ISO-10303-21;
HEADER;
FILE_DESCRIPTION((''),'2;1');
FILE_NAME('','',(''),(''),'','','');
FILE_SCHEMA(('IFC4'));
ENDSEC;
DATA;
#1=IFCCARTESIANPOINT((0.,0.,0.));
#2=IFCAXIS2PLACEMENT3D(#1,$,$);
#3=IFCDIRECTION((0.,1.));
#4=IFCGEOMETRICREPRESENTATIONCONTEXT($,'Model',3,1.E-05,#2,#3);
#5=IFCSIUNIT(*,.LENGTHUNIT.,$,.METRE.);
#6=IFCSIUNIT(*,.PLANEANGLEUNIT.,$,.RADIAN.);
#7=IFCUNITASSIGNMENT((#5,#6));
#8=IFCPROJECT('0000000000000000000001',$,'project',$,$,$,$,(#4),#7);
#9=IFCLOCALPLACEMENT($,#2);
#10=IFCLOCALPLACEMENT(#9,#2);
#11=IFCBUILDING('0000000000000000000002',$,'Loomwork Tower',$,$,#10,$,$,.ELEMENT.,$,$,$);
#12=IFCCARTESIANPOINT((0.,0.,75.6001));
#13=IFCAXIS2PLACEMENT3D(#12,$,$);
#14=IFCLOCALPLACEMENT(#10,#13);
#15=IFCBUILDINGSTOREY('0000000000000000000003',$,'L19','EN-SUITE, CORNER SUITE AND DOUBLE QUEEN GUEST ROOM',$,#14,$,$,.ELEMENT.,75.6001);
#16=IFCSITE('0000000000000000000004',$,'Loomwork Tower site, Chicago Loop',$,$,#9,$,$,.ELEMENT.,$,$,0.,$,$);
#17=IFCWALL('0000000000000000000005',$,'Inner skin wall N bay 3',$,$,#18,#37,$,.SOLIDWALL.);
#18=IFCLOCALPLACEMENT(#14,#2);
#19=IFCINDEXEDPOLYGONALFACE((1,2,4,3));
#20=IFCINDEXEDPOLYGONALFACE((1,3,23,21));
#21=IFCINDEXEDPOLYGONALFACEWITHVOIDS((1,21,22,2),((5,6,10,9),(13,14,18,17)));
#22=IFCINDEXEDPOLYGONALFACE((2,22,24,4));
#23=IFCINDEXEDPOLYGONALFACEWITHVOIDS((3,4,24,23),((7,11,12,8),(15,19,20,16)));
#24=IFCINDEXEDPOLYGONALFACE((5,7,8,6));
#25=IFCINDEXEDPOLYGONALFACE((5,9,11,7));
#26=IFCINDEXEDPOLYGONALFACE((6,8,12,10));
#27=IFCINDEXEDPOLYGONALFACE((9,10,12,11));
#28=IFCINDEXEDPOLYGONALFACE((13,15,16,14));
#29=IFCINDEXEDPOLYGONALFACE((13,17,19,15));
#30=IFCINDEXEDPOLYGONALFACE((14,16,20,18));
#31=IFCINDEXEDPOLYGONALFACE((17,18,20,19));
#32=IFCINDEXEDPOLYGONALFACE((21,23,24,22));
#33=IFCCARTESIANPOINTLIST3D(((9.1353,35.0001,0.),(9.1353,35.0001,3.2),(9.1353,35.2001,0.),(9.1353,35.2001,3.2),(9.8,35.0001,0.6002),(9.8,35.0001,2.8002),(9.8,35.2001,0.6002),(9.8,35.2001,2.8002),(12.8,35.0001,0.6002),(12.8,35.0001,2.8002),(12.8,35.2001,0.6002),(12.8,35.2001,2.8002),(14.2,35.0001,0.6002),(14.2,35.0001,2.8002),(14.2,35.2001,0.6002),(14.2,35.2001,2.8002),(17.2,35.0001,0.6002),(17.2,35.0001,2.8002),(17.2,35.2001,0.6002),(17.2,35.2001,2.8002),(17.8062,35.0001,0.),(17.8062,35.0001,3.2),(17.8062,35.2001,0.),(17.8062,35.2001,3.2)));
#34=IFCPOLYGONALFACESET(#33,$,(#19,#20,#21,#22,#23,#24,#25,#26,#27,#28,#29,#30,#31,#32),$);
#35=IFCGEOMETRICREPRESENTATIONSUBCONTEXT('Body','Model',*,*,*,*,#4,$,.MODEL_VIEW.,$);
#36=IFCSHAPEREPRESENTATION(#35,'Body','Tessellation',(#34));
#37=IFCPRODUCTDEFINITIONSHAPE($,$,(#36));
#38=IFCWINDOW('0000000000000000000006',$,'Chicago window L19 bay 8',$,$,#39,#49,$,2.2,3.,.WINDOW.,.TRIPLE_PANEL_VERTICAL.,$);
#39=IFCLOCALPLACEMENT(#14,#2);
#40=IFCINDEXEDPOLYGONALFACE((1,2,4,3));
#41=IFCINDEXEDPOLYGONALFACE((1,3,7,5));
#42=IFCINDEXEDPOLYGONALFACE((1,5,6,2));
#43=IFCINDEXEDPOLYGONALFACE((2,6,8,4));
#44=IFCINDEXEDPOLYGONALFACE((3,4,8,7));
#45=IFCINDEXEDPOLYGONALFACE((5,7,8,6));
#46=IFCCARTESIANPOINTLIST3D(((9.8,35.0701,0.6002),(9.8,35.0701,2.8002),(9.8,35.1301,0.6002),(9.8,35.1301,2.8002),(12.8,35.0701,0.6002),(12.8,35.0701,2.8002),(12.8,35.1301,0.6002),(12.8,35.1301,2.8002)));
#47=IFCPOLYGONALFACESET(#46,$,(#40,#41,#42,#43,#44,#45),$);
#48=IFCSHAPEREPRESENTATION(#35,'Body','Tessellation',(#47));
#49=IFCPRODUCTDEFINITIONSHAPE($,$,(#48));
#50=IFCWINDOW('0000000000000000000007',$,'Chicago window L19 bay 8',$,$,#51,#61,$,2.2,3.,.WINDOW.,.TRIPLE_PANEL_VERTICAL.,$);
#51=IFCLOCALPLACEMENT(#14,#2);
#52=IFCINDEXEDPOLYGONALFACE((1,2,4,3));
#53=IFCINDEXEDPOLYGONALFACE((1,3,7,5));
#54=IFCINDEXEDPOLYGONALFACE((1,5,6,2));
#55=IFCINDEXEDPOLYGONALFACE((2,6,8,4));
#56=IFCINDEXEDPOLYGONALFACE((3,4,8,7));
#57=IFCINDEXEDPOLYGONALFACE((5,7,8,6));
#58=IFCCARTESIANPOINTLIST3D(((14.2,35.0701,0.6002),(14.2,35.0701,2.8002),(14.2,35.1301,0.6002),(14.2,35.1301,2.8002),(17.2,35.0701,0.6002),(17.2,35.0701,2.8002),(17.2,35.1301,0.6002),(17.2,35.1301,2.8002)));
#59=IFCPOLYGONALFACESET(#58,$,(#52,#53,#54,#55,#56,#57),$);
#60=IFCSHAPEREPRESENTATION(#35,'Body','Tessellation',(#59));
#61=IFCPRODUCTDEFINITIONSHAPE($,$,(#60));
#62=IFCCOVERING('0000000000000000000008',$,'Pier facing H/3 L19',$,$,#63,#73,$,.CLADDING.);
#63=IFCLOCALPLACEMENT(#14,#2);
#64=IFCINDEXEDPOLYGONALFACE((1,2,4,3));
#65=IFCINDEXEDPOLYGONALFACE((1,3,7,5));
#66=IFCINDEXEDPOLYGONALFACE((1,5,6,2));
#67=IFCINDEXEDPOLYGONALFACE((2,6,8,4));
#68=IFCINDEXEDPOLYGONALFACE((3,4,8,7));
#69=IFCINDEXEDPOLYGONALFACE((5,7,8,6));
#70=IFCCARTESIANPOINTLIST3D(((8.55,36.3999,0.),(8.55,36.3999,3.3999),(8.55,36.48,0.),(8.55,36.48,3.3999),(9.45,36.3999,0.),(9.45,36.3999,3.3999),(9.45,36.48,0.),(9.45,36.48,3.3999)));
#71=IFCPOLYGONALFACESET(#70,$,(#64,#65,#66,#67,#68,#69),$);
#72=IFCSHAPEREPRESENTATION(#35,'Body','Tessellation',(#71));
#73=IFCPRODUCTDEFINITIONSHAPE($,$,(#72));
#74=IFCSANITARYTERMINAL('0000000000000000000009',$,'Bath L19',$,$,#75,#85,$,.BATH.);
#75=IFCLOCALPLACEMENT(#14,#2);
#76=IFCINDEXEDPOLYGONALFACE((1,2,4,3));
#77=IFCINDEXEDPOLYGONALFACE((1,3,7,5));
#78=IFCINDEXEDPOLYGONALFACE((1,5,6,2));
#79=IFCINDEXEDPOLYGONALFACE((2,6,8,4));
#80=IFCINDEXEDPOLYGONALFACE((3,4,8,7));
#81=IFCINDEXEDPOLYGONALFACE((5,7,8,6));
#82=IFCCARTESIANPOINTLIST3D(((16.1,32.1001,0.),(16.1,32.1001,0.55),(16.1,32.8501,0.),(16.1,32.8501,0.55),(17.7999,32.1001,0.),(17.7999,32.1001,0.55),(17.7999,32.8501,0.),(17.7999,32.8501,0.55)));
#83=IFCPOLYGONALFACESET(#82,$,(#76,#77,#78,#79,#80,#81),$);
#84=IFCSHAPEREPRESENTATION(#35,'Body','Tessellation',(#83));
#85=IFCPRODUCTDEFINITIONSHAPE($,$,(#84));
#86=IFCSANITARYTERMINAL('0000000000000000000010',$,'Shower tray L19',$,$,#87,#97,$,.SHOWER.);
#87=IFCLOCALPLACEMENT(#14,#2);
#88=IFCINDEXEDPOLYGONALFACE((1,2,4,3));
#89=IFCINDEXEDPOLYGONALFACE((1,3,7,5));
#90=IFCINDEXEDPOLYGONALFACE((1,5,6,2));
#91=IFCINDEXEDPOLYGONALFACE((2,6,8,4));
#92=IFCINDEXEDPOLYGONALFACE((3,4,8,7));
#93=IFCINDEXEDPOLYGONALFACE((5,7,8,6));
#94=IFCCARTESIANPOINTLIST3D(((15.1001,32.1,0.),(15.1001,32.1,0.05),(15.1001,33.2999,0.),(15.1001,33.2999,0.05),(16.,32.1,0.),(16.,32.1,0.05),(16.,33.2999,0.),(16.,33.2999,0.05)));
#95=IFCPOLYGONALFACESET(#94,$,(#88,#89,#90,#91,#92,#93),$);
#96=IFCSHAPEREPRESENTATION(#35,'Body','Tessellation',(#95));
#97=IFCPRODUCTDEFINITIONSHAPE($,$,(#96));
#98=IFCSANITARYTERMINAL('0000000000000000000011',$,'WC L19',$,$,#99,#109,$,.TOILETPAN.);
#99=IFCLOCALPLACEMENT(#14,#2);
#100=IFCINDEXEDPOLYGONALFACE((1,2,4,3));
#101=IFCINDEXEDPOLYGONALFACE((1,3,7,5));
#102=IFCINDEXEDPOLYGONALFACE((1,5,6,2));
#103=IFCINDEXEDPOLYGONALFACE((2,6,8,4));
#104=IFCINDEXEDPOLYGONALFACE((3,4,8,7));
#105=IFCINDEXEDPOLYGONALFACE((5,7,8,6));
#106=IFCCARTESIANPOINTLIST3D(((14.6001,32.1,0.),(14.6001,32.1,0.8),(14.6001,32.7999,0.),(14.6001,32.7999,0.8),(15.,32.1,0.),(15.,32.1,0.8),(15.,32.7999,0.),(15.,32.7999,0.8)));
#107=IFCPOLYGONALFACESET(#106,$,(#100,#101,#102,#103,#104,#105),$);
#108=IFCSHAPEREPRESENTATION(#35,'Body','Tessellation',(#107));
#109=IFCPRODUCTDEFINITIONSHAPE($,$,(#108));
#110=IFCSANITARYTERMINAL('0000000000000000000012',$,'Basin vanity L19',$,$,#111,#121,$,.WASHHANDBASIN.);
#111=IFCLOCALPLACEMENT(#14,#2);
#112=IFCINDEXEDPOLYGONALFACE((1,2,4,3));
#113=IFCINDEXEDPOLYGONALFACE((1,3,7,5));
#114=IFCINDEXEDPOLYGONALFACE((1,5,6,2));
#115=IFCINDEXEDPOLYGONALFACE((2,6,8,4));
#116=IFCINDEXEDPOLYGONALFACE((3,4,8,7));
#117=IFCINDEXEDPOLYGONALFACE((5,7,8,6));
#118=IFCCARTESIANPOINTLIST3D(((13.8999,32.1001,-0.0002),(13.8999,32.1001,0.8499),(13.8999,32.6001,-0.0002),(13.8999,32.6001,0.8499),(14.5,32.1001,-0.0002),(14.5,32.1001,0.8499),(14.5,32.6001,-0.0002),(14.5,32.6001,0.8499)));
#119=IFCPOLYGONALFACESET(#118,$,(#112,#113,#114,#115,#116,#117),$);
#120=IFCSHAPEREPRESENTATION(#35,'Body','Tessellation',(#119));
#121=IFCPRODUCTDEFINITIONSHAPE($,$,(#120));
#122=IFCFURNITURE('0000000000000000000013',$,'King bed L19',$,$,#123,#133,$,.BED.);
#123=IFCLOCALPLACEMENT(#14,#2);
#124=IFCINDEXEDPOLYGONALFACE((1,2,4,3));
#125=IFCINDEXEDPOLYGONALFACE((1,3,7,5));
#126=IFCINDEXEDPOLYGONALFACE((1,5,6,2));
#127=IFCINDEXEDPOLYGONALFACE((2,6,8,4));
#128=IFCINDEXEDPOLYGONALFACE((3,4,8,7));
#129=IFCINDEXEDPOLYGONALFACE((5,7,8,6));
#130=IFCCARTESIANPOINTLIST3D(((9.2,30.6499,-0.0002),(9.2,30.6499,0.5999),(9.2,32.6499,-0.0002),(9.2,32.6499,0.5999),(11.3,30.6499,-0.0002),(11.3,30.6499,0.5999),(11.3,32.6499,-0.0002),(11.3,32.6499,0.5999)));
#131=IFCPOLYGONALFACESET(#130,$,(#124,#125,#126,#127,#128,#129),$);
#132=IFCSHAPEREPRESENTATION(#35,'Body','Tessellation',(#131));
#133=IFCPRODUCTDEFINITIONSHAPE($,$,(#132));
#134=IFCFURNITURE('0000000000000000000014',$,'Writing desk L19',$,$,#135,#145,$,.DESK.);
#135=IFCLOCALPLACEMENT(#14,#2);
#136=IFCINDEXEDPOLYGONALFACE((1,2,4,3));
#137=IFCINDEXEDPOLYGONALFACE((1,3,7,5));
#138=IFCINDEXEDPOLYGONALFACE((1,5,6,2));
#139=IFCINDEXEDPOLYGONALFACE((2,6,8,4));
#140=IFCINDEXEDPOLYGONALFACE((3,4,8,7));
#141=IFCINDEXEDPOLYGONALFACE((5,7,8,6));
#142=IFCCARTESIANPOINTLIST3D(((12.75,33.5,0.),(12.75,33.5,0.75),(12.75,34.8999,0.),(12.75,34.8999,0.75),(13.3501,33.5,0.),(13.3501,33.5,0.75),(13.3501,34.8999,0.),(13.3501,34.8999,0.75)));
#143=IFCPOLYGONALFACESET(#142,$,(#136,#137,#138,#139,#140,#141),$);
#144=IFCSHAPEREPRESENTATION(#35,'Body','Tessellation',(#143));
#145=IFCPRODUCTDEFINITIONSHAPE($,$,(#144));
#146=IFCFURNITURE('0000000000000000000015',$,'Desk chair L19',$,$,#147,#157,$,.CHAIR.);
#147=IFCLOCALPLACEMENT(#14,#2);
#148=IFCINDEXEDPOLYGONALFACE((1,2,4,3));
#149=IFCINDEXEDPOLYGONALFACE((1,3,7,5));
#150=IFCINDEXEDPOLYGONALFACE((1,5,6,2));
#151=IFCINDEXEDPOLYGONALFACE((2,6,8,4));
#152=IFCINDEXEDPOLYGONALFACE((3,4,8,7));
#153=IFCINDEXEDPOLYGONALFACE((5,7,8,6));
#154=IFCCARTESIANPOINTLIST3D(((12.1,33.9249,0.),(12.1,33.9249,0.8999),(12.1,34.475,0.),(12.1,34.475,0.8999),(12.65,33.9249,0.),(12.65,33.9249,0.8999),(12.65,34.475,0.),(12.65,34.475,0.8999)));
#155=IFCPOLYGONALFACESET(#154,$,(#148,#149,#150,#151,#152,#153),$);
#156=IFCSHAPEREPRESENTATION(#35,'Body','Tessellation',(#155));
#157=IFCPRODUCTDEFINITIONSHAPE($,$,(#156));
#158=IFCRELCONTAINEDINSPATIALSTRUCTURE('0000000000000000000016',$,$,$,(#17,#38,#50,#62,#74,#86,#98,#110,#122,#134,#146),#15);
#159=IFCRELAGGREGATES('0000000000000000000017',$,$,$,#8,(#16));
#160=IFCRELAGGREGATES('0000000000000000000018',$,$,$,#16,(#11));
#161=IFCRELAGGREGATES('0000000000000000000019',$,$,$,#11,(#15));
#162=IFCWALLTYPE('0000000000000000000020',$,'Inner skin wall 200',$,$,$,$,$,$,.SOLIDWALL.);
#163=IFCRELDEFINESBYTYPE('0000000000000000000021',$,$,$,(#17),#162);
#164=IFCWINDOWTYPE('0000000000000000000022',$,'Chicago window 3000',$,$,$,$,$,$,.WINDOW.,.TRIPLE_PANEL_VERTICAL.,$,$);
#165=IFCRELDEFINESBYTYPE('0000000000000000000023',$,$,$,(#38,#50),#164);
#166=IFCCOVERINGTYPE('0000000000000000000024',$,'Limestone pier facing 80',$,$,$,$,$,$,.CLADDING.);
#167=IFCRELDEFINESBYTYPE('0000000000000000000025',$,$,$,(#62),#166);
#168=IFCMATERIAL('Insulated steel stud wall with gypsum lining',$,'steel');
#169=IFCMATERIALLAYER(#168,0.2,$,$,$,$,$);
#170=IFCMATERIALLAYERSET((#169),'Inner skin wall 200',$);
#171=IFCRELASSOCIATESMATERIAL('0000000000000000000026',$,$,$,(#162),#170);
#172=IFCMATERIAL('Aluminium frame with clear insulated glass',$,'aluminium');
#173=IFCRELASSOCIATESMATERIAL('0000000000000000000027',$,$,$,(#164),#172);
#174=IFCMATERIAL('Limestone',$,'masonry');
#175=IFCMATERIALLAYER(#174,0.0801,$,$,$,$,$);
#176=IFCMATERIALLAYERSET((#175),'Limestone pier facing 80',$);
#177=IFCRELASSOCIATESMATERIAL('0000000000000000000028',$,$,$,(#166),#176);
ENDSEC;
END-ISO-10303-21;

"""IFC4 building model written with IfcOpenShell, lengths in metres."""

from ifc_helpers import new_model, si_unit, direction, frame, frame_2d, origin, origin_2d, place, context, subcontext, project, spatial, rectangle, extrude, material, layer, layer_set, type_object, element, fill, save


model = new_model("IFC4")

# Units and contexts
model_context = context("Model", 3, precision=1e-05, world=origin(), true_north=direction((0.0, 1.0)))
body_context = subcontext(model_context, "Body", "Model", "MODEL_VIEW")
ifc_project = project(units=[si_unit("LENGTHUNIT", "METRE"), si_unit("PLANEANGLEUNIT", "RADIAN")], contexts=[model_context])

# Site, building, storey
site_placement = place(None, origin())
site = spatial("IfcSite", under=ifc_project, at=site_placement, Name="Loomwork Tower site, Chicago Loop", CompositionType="ELEMENT", RefElevation=0.0)
building_placement = place(site_placement, origin())
building = spatial("IfcBuilding", under=site, at=building_placement, Name="Loomwork Tower", CompositionType="ELEMENT")
storey_placement = place(building_placement, frame((0.0, 0.0, 75.6001)))
storey = spatial("IfcBuildingStorey", under=building, at=storey_placement, Name="L19", Description="EN-SUITE, CORNER SUITE AND DOUBLE QUEEN GUEST ROOM", CompositionType="ELEMENT", Elevation=75.6001)

# Wall, openings, windows
ifc_material_1 = material(Name="Insulated steel stud wall with gypsum lining", Category="steel")
ifc_layer_1 = layer(ifc_material_1, 0.2)
ifc_layer_set_1 = layer_set([ifc_layer_1], Name="Inner skin wall 200")
wall_type_1 = type_object("IfcWallType", Name="Inner skin wall 200", PredefinedType="SOLIDWALL", material=ifc_layer_set_1)
wall_1_placement = place(storey_placement, frame((9.1353, 35.1001, 0.0), z_axis=(0.0, 0.0, 1.0), x_axis=(1.0, 0.0, 0.0)))
wall_1 = element("IfcWall", 1, at=wall_1_placement, inside=storey, type_object=wall_type_1, Name="Inner skin wall N bay 3", PredefinedType="SOLIDWALL", context=body_context, shape_type="SweptSolid", body=[
    extrude(rectangle(XDim=8.6709, YDim=0.2, at=frame_2d((4.3354, 0.0))), origin(), (0.0, 0.0, 1.0), 3.2),
])
opening_1_placement = place(wall_1_placement, frame((0.6648, 0.0, 0.6001)))
opening_1 = element("IfcOpeningElement", 2, at=opening_1_placement, cuts=wall_1, PredefinedType="OPENING", context=body_context, shape_type="SweptSolid", body=[
    extrude(rectangle(XDim=3.0, YDim=2.2, at=frame_2d((1.5, 1.1001))), frame((0.0, 0.1099, 0.0), z_axis=(0.0, -1.0, 0.0), x_axis=(1.0, 0.0, 0.0)), (0.0, 0.0, 1.0), 0.22),
])
opening_2_placement = place(wall_1_placement, frame((5.0647, 0.0, 0.6001)))
opening_2 = element("IfcOpeningElement", 3, at=opening_2_placement, cuts=wall_1, PredefinedType="OPENING", context=body_context, shape_type="SweptSolid", body=[
    extrude(rectangle(XDim=3.0, YDim=2.2, at=frame_2d((1.5, 1.1001))), frame((0.0, 0.1099, 0.0), z_axis=(0.0, -1.0, 0.0), x_axis=(1.0, 0.0, 0.0)), (0.0, 0.0, 1.0), 0.22),
])
ifc_material_2 = material(Name="Aluminium frame with clear insulated glass", Category="aluminium")
window_type = type_object("IfcWindowType", Name="Chicago window 3000", PartitioningType="TRIPLE_PANEL_VERTICAL", PredefinedType="WINDOW", material=ifc_material_2)
window_1_placement = place(opening_1_placement, origin())
window_1 = element("IfcWindow", 4, at=window_1_placement, inside=storey, type_object=window_type, Name="Chicago window L19 bay 8", OverallHeight=2.2, OverallWidth=3.0, PartitioningType="TRIPLE_PANEL_VERTICAL", PredefinedType="WINDOW", context=body_context, shape_type="SweptSolid", body=[
    extrude(rectangle(XDim=3.0, YDim=2.2, at=frame_2d((1.5, 1.1001))), frame((0.0, 0.03, 0.0), z_axis=(0.0, -1.0, 0.0), x_axis=(1.0, 0.0, 0.0)), (0.0, 0.0, 1.0), 0.0601),
])
fill(opening_1, window_1)
window_2_placement = place(opening_2_placement, origin())
window_2 = element("IfcWindow", 5, at=window_2_placement, inside=storey, type_object=window_type, Name="Chicago window L19 bay 8", OverallHeight=2.2, OverallWidth=3.0, PartitioningType="TRIPLE_PANEL_VERTICAL", PredefinedType="WINDOW", context=body_context, shape_type="SweptSolid", body=[
    extrude(rectangle(XDim=3.0, YDim=2.2, at=frame_2d((1.5, 1.1001))), frame((0.0, 0.03, 0.0), z_axis=(0.0, -1.0, 0.0), x_axis=(1.0, 0.0, 0.0)), (0.0, 0.0, 1.0), 0.0601),
])
fill(opening_2, window_2)

# Covering
ifc_material_3 = material(Name="Limestone", Category="masonry")
ifc_layer_2 = layer(ifc_material_3, 0.0801)
ifc_layer_set_2 = layer_set([ifc_layer_2], Name="Limestone pier facing 80")
covering_type = type_object("IfcCoveringType", Name="Limestone pier facing 80", PredefinedType="CLADDING", material=ifc_layer_set_2)
covering_placement = place(storey_placement, frame((9.0, 36.4399, 0.0), z_axis=(0.0, 0.0, 1.0), x_axis=(1.0, 0.0, 0.0)))
element("IfcCovering", 6, at=covering_placement, inside=storey, type_object=covering_type, Name="Pier facing H/3 L19", PredefinedType="CLADDING", context=body_context, shape_type="SweptSolid", body=[
    extrude(rectangle(XDim=0.8999, YDim=0.0801, at=origin_2d()), origin(), (0.0, 0.0, 1.0), 3.3999),
])

# Sanitary terminals
sanitary_terminal_1_placement = place(storey_placement, frame((16.95, 32.4751, 0.0), z_axis=(0.0, 0.0, 1.0), x_axis=(1.0, 0.0, 0.0)))
element("IfcSanitaryTerminal", 7, at=sanitary_terminal_1_placement, inside=storey, Name="Bath L19", PredefinedType="BATH", context=body_context, shape_type="SweptSolid", body=[
    extrude(rectangle(XDim=1.7, YDim=0.75, at=origin_2d()), origin(), (0.0, 0.0, 1.0), 0.55),
])
sanitary_terminal_2_placement = place(storey_placement, frame((15.55, 32.7, 0.0), z_axis=(0.0, 0.0, 1.0), x_axis=(1.0, 0.0, 0.0)))
element("IfcSanitaryTerminal", 8, at=sanitary_terminal_2_placement, inside=storey, Name="Shower tray L19", PredefinedType="SHOWER", context=body_context, shape_type="SweptSolid", body=[
    extrude(rectangle(XDim=0.8999, YDim=1.2, at=origin_2d()), origin(), (0.0, 0.0, 1.0), 0.05),
])
sanitary_terminal_3_placement = place(storey_placement, frame((14.8, 32.45, 0.0), z_axis=(0.0, 0.0, 1.0), x_axis=(1.0, 0.0, 0.0)))
element("IfcSanitaryTerminal", 9, at=sanitary_terminal_3_placement, inside=storey, Name="WC L19", PredefinedType="TOILETPAN", context=body_context, shape_type="SweptSolid", body=[
    extrude(rectangle(XDim=0.3999, YDim=0.7, at=origin_2d()), origin(), (0.0, 0.0, 1.0), 0.8),
])
sanitary_terminal_4_placement = place(storey_placement, frame((14.2, 32.3501, -0.0002), z_axis=(0.0, 0.0, 1.0), x_axis=(1.0, 0.0, 0.0)))
element("IfcSanitaryTerminal", 10, at=sanitary_terminal_4_placement, inside=storey, Name="Basin vanity L19", PredefinedType="WASHHANDBASIN", context=body_context, shape_type="SweptSolid", body=[
    extrude(rectangle(XDim=0.6001, YDim=0.5, at=origin_2d()), origin(), (0.0, 0.0, 1.0), 0.8501),
])

# Furniture
furniture_1_placement = place(storey_placement, frame((10.25, 31.6499, -0.0002), z_axis=(0.0, 0.0, 1.0), x_axis=(1.0, 0.0, 0.0)))
element("IfcFurniture", 11, at=furniture_1_placement, inside=storey, Name="King bed L19", PredefinedType="BED", context=body_context, shape_type="SweptSolid", body=[
    extrude(rectangle(XDim=2.1001, YDim=2.0, at=origin_2d()), origin(), (0.0, 0.0, 1.0), 0.6001),
])
furniture_2_placement = place(storey_placement, frame((13.05, 34.2, 0.0), z_axis=(0.0, 0.0, 1.0), x_axis=(1.0, 0.0, 0.0)))
element("IfcFurniture", 12, at=furniture_2_placement, inside=storey, Name="Writing desk L19", PredefinedType="DESK", context=body_context, shape_type="SweptSolid", body=[
    extrude(rectangle(XDim=0.6001, YDim=1.3999, at=origin_2d()), origin(), (0.0, 0.0, 1.0), 0.75),
])
furniture_3_placement = place(storey_placement, frame((12.375, 34.2, 0.0), z_axis=(0.0, 0.0, 1.0), x_axis=(1.0, 0.0, 0.0)))
element("IfcFurniture", 13, at=furniture_3_placement, inside=storey, Name="Desk chair L19", PredefinedType="CHAIR", context=body_context, shape_type="SweptSolid", body=[
    extrude(rectangle(XDim=0.55, YDim=0.55, at=origin_2d()), origin(), (0.0, 0.0, 1.0), 0.8999),
])

save(model, "model.ifc")
